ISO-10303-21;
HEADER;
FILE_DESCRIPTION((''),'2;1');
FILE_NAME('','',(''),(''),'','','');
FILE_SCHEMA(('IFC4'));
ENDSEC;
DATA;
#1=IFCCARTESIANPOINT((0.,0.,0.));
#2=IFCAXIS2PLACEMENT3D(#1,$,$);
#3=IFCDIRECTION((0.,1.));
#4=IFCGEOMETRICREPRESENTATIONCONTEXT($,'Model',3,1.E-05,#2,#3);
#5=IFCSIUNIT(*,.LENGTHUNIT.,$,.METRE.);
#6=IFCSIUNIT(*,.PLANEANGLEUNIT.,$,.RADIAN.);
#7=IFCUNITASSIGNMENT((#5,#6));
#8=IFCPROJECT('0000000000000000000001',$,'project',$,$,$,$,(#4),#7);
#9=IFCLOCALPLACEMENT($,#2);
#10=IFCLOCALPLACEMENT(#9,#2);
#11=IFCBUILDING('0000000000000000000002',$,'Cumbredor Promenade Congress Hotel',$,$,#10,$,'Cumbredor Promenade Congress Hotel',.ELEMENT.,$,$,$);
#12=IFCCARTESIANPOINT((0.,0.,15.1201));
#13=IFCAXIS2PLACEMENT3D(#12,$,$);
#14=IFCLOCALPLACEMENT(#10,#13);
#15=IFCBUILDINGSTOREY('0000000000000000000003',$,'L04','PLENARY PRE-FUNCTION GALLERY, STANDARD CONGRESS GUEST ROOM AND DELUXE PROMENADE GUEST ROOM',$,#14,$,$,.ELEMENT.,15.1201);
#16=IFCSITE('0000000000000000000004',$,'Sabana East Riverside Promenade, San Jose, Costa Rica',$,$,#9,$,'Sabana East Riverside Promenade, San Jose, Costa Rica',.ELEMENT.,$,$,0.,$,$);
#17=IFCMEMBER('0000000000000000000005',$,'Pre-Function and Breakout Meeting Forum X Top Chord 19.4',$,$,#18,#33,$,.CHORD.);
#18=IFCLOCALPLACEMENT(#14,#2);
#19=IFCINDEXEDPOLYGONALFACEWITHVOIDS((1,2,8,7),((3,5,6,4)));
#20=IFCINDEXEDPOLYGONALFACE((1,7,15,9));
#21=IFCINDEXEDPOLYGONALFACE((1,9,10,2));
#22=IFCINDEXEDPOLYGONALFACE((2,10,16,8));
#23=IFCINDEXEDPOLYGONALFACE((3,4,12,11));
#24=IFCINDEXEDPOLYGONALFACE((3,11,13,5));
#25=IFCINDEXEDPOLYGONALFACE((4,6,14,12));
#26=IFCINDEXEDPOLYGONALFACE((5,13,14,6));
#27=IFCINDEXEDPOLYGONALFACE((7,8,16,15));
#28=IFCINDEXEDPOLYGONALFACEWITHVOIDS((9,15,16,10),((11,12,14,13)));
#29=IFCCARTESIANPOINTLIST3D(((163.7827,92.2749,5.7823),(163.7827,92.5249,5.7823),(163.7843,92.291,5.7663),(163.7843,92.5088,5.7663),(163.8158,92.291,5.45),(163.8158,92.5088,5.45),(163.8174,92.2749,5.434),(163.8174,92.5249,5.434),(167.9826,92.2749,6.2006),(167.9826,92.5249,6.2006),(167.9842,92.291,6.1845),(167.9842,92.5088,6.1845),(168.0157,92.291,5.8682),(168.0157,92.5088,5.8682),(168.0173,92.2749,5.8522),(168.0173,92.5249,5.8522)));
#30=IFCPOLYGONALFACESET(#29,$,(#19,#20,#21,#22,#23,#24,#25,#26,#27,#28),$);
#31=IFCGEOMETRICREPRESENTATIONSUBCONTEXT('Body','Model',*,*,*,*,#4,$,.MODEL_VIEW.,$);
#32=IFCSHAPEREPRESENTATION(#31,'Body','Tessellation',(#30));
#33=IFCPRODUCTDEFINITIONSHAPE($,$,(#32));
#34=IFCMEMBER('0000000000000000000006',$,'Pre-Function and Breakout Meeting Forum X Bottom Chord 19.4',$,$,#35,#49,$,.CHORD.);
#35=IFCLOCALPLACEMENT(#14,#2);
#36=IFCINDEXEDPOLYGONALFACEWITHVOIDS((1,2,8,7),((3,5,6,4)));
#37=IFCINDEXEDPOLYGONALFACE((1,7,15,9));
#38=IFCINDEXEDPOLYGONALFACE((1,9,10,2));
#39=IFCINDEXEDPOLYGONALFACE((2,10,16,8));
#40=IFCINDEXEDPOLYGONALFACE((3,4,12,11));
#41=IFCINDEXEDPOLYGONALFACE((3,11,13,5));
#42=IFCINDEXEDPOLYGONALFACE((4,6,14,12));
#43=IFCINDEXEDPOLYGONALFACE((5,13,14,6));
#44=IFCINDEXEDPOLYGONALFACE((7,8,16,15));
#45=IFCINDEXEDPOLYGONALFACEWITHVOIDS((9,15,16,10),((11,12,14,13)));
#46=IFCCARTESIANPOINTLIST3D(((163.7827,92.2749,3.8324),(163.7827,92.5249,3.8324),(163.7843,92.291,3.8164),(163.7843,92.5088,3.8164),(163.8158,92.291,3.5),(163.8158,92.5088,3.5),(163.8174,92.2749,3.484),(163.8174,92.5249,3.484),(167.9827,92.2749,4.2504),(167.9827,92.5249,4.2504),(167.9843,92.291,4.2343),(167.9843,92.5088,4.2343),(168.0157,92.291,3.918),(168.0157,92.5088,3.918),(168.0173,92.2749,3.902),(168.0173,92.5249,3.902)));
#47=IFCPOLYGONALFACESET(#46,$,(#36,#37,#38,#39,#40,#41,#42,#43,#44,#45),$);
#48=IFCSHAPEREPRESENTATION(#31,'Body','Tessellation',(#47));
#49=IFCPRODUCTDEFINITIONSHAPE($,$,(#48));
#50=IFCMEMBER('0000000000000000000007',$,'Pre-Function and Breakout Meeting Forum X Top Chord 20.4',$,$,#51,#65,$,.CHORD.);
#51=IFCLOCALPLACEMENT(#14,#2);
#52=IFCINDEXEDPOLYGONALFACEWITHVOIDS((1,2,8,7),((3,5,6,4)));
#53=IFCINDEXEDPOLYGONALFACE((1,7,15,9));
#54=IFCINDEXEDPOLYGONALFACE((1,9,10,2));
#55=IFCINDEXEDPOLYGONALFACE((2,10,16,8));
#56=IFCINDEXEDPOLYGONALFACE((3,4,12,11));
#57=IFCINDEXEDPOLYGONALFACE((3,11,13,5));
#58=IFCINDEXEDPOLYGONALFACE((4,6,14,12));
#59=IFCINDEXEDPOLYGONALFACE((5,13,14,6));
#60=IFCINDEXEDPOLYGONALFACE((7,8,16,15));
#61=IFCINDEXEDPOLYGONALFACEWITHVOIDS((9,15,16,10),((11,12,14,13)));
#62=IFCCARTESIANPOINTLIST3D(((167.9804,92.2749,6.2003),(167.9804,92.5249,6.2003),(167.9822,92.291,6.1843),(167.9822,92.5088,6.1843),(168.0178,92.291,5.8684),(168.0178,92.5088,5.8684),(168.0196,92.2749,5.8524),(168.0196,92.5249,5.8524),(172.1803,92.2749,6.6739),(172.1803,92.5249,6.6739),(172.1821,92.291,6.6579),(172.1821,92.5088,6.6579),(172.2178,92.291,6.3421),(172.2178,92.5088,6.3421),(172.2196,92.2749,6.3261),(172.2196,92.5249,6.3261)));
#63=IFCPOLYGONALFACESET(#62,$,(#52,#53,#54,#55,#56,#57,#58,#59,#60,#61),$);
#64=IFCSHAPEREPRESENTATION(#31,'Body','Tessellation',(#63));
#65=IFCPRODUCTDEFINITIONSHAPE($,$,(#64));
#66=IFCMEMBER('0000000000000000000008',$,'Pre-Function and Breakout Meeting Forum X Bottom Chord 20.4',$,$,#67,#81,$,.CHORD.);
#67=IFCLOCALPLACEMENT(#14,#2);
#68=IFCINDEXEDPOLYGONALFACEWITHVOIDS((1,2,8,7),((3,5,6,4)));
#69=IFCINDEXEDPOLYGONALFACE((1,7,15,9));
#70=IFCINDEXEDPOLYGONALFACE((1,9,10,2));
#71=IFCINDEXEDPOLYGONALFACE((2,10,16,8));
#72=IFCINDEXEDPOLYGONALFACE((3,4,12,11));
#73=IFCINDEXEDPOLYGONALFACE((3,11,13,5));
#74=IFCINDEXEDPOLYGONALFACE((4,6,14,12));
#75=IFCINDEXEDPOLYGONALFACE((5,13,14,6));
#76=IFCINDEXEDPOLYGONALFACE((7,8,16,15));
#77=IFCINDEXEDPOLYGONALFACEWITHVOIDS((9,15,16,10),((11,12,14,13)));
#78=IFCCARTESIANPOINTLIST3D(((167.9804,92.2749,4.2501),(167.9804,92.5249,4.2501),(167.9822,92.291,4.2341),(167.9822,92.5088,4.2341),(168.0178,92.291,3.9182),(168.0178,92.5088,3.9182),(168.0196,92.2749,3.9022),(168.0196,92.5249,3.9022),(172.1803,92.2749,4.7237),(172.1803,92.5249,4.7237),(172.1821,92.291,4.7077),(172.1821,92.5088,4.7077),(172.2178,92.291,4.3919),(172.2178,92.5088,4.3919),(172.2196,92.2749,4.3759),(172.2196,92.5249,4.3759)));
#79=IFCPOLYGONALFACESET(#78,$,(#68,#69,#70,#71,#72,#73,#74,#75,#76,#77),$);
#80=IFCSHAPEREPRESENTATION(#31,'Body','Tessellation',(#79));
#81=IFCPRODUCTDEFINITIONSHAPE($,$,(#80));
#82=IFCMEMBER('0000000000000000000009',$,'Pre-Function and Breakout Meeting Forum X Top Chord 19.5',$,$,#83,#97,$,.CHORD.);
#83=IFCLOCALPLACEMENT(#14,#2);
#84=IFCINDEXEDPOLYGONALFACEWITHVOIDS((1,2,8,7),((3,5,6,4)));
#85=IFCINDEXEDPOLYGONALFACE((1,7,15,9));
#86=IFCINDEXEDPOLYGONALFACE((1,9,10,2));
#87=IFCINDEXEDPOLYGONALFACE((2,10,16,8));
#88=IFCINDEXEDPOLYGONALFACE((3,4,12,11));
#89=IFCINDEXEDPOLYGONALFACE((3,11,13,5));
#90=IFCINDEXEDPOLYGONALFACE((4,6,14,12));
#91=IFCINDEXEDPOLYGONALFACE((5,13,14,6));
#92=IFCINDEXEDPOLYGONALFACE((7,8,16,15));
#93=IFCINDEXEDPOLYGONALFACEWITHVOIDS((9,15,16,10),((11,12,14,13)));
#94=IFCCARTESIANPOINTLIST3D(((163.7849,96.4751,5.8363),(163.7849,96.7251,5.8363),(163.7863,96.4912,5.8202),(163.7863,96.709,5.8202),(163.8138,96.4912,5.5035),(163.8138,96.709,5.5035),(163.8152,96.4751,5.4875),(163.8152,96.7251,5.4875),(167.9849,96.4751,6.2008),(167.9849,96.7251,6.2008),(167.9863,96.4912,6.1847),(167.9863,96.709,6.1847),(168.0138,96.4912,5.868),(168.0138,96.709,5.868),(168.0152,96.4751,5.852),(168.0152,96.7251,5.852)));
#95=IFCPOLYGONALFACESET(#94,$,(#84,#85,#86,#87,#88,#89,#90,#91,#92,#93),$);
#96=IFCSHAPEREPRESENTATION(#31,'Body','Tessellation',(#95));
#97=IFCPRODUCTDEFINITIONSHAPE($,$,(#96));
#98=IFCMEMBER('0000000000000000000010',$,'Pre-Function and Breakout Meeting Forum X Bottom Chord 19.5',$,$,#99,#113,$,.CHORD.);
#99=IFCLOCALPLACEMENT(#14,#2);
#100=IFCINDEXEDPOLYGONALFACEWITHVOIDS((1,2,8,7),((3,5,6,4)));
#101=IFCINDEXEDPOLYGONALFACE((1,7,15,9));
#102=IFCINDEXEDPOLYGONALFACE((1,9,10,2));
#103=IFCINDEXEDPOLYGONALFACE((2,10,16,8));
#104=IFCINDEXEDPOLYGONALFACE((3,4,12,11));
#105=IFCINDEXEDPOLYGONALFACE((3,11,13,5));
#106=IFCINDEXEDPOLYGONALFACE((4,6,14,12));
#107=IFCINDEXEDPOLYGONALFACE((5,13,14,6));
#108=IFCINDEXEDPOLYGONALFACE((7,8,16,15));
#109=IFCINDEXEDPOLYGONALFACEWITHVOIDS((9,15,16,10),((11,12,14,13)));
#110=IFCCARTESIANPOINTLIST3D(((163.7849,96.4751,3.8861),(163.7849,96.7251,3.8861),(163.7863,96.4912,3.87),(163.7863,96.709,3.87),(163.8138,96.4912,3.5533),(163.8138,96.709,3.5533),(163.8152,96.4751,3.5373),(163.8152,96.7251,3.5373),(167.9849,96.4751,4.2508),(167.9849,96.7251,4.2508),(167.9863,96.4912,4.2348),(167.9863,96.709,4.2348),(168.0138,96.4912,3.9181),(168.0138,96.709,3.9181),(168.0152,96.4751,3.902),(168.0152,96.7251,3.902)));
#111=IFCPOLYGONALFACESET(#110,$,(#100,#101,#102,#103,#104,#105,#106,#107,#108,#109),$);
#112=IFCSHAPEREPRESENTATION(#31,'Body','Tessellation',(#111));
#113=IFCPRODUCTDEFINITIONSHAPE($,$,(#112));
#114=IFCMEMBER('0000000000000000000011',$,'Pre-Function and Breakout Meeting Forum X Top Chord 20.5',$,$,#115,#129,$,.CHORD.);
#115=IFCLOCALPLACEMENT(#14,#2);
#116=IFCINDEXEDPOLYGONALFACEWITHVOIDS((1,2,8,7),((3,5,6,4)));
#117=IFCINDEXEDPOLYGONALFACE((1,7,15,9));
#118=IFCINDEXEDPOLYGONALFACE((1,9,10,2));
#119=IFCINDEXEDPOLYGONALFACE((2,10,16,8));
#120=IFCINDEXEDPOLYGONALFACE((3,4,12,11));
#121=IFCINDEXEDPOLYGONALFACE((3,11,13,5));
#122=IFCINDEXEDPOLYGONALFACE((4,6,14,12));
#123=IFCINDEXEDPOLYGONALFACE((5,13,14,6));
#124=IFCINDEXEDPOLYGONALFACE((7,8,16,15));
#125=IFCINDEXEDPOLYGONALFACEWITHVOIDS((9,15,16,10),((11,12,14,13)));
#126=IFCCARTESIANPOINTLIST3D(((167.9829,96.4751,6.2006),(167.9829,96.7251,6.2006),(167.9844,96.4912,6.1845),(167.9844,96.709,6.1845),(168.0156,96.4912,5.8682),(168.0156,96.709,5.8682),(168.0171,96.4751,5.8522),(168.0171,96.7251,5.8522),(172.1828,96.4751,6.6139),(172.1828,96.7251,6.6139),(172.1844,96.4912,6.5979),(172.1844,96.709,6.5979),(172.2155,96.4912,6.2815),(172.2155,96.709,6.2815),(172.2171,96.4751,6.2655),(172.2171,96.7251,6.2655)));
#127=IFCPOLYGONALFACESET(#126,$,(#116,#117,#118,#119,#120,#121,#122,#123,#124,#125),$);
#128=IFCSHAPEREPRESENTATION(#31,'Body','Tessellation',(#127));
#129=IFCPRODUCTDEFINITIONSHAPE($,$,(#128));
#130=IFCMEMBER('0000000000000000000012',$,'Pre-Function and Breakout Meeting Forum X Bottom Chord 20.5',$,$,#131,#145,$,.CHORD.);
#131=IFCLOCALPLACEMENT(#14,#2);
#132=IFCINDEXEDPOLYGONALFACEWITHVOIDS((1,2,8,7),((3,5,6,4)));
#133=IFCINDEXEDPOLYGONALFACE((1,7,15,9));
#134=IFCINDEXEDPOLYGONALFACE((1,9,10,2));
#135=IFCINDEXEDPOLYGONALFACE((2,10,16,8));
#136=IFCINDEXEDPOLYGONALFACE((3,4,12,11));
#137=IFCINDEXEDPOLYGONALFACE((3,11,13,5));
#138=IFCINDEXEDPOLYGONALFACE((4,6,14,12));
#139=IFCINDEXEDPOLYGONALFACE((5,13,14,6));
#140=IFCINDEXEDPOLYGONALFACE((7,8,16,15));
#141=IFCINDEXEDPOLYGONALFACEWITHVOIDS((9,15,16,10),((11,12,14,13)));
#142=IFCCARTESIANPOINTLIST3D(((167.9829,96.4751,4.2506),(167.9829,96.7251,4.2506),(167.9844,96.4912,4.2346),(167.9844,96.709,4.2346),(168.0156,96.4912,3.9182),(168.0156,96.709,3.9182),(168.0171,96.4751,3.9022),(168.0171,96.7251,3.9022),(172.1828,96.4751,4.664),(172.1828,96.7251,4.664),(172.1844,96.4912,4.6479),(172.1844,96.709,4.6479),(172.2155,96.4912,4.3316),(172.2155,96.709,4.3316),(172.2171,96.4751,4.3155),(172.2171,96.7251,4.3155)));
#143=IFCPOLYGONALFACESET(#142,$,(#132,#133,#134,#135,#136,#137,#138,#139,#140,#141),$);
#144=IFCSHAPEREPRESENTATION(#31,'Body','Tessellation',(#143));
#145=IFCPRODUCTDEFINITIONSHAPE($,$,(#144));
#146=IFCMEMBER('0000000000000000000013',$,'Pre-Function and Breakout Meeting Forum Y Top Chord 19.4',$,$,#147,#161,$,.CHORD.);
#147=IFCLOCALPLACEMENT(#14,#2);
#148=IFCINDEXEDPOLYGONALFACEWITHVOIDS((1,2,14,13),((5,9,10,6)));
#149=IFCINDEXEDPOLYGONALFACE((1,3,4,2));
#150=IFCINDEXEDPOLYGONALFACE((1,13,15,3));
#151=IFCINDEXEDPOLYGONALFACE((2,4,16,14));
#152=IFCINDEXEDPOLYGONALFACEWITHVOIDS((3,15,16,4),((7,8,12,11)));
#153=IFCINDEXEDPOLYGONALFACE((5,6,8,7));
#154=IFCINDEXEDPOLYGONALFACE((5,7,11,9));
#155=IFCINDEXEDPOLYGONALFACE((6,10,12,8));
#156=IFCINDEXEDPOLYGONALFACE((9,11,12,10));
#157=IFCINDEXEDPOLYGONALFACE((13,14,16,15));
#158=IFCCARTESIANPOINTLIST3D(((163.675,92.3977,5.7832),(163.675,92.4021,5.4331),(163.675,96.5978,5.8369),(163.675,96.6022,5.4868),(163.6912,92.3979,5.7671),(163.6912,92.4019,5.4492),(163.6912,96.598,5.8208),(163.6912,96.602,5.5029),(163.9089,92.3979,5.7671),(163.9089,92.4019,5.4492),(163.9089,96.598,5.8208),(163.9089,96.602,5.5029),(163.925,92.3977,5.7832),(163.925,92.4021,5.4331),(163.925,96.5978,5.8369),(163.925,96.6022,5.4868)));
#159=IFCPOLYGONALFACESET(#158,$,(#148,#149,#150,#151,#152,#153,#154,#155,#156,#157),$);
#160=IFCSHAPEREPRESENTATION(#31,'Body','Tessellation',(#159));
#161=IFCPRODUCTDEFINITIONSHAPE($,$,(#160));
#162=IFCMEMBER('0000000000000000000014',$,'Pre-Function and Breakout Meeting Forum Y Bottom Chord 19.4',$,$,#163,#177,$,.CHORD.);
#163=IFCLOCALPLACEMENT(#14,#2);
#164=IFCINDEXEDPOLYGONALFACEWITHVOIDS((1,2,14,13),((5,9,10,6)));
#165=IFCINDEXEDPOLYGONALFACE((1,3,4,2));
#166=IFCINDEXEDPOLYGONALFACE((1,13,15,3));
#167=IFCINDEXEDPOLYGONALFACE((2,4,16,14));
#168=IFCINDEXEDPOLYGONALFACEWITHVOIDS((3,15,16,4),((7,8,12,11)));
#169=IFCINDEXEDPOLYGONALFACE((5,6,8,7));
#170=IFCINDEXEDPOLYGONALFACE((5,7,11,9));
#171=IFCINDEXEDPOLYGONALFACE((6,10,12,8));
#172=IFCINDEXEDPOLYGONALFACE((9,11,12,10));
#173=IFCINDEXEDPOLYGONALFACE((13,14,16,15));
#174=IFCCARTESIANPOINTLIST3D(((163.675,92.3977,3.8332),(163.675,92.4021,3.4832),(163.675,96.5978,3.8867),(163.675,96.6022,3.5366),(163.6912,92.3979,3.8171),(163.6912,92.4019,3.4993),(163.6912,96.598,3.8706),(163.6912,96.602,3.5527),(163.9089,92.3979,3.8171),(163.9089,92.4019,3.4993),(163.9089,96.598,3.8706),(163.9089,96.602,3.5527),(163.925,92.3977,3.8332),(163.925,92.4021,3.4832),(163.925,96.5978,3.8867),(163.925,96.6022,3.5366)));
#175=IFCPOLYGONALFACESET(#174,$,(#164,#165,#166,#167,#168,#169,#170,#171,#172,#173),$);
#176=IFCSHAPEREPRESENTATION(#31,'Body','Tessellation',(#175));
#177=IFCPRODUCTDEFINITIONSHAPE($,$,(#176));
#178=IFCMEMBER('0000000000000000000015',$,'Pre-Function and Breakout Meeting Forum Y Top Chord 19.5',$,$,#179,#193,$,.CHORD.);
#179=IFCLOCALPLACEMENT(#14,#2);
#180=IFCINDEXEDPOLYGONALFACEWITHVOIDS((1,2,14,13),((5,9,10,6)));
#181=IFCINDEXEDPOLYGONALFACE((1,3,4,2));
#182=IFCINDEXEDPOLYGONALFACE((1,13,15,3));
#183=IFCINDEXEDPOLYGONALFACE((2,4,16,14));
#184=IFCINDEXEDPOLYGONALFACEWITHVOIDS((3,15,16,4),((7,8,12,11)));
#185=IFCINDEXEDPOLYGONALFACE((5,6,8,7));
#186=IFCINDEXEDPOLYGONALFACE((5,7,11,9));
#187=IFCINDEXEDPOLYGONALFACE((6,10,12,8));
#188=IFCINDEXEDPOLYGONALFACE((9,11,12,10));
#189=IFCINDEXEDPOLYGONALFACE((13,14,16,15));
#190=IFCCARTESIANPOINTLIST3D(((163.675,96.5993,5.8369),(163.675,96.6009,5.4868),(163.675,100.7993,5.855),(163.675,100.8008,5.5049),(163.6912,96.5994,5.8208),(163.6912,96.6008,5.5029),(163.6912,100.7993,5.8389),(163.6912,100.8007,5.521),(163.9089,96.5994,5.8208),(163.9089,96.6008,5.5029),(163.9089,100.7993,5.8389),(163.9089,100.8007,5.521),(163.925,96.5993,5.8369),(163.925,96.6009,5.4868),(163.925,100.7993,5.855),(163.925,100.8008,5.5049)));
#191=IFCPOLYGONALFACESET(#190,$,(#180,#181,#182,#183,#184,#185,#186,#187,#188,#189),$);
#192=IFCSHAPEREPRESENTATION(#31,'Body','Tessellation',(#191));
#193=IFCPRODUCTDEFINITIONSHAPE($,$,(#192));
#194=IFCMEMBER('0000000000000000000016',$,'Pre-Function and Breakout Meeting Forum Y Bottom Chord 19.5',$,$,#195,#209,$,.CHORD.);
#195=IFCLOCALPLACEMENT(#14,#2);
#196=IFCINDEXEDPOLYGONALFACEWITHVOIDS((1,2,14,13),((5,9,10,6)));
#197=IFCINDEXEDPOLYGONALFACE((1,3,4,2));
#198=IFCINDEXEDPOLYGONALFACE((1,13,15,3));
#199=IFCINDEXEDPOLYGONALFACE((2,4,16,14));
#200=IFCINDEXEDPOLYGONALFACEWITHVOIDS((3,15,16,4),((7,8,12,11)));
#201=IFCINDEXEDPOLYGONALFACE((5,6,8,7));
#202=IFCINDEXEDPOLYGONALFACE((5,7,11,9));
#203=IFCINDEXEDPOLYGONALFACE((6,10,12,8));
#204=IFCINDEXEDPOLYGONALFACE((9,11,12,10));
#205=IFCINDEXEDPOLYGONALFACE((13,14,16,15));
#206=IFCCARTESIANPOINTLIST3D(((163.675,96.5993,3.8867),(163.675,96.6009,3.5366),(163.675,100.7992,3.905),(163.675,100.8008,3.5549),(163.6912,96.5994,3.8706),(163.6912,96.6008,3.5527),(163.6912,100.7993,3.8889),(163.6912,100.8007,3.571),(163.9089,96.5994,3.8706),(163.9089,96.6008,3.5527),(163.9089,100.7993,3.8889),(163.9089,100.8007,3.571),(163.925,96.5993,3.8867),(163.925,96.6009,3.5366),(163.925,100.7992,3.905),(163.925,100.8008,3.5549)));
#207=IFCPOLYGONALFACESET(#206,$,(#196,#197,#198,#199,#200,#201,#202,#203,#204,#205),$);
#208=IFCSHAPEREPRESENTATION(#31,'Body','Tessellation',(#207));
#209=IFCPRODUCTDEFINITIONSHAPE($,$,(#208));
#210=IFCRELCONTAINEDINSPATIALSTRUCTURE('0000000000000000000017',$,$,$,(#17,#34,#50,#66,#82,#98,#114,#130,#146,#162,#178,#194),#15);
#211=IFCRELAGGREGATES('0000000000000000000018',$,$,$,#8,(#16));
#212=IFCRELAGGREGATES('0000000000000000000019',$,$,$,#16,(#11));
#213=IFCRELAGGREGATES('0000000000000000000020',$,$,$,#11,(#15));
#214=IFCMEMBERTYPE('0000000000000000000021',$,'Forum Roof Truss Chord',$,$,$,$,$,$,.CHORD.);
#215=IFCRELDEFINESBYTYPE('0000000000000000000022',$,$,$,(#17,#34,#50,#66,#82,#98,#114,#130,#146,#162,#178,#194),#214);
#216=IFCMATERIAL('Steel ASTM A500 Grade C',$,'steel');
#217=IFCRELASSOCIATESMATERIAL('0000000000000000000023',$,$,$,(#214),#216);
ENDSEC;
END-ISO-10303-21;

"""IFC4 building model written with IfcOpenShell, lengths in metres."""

from ifc_helpers import new_model, si_unit, direction, frame, origin, origin_2d, place, context, subcontext, project, spatial, hollow_rectangle, extrude, material, material_profile, profile_set, type_object, element, save


model = new_model("IFC4")

# Units and contexts
model_context = context("Model", 3, precision=1e-05, world=origin(), true_north=direction((0.0, 1.0)))
body_context = subcontext(model_context, "Body", "Model", "MODEL_VIEW")
ifc_project = project(units=[si_unit("LENGTHUNIT", "METRE"), si_unit("PLANEANGLEUNIT", "RADIAN")], contexts=[model_context])

# Site, building, storey
site_placement = place(None, origin())
site = spatial("IfcSite", under=ifc_project, at=site_placement, Name="Sabana East Riverside Promenade, San Jose, Costa Rica", LongName="Sabana East Riverside Promenade, San Jose, Costa Rica", CompositionType="ELEMENT", RefElevation=0.0)
building_placement = place(site_placement, origin())
building = spatial("IfcBuilding", under=site, at=building_placement, Name="Cumbredor Promenade Congress Hotel", LongName="Cumbredor Promenade Congress Hotel", CompositionType="ELEMENT")
storey_placement = place(building_placement, frame((0.0, 0.0, 15.1201)))
storey = spatial("IfcBuildingStorey", under=building, at=storey_placement, Name="L04", Description="PLENARY PRE-FUNCTION GALLERY, STANDARD CONGRESS GUEST ROOM AND DELUXE PROMENADE GUEST ROOM", CompositionType="ELEMENT", Elevation=15.1201)

# Members
ifc_material_1 = material(Name="Steel ASTM A500 Grade C", Category="steel")
ifc_material_profile_1 = material_profile(ifc_material_1, hollow_rectangle(XDim=0.25, YDim=0.3501, WallThickness=0.0161, at=origin_2d()), Name="HSS 350x250x16")
ifc_profile_set_1 = profile_set([ifc_material_profile_1], Name="Steel ASTM A500 Grade C")
member_type_1 = type_object("IfcMemberType", Name="Forum Roof Truss Chord", PredefinedType="CHORD", material=ifc_profile_set_1)
for number, where, z_axis, x_axis, name in (
    (1, (163.8, 92.3999, 5.6082), (0.995079, 0.0, 0.099086), (0.0, 1.0, 0.0), "Pre-Function and Breakout Meeting Forum X Top Chord 19.4"),
    (2, (163.8, 92.3999, 3.6582), (0.995085, 0.0, 0.099028), (0.0, 1.0, 0.0), "Pre-Function and Breakout Meeting Forum X Bottom Chord 19.4"),
):
    element("IfcMember", number, at=place(storey_placement, frame(where, z_axis=z_axis, x_axis=x_axis)), inside=storey, type_object=member_type_1, Name=name, PredefinedType="CHORD", context=body_context, shape_type="SweptSolid", body=[
        extrude(hollow_rectangle(XDim=0.25, YDim=0.3501, WallThickness=0.0161, at=origin_2d()), origin(), (0.0, 0.0, 1.0), 4.2207),
    ])
for number, where, z_axis, x_axis, name in (
    (3, (168.0, 92.3999, 6.0264), (0.993701, 0.0, 0.112061), (0.0, 1.0, 0.0), "Pre-Function and Breakout Meeting Forum X Top Chord 20.4"),
    (4, (168.0, 92.3999, 4.0762), (0.993701, 0.0, 0.112061), (0.0, 1.0, 0.0), "Pre-Function and Breakout Meeting Forum X Bottom Chord 20.4"),
):
    element("IfcMember", number, at=place(storey_placement, frame(where, z_axis=z_axis, x_axis=x_axis)), inside=storey, type_object=member_type_1, Name=name, PredefinedType="CHORD", context=body_context, shape_type="SweptSolid", body=[
        extrude(hollow_rectangle(XDim=0.25, YDim=0.3501, WallThickness=0.0161, at=origin_2d()), origin(), (0.0, 0.0, 1.0), 4.2266),
    ])
for number, where, z_axis, x_axis, name in (
    (5, (163.8, 96.6001, 5.6619), (0.996255, 0.0, 0.086462), (0.0, 1.0, 0.0), "Pre-Function and Breakout Meeting Forum X Top Chord 19.5"),
    (6, (163.8, 96.6001, 3.7117), (0.99625, 0.0, 0.08652), (0.0, 1.0, 0.0), "Pre-Function and Breakout Meeting Forum X Bottom Chord 19.5"),
):
    element("IfcMember", number, at=place(storey_placement, frame(where, z_axis=z_axis, x_axis=x_axis)), inside=storey, type_object=member_type_1, Name=name, PredefinedType="CHORD", context=body_context, shape_type="SweptSolid", body=[
        extrude(hollow_rectangle(XDim=0.25, YDim=0.3501, WallThickness=0.0161, at=origin_2d()), origin(), (0.0, 0.0, 1.0), 4.2158),
    ])
for number, where, z_axis, x_axis, name in (
    (7, (168.0, 96.6001, 6.0264), (0.995192, 0.0, 0.09794), (0.0, 1.0, 0.0), "Pre-Function and Breakout Meeting Forum X Top Chord 20.5"),
    (8, (168.0, 96.6001, 4.0764), (0.995192, 0.0, 0.09794), (0.0, 1.0, 0.0), "Pre-Function and Breakout Meeting Forum X Bottom Chord 20.5"),
):
    element("IfcMember", number, at=place(storey_placement, frame(where, z_axis=z_axis, x_axis=x_axis)), inside=storey, type_object=member_type_1, Name=name, PredefinedType="CHORD", context=body_context, shape_type="SweptSolid", body=[
        extrude(hollow_rectangle(XDim=0.25, YDim=0.3501, WallThickness=0.0161, at=origin_2d()), origin(), (0.0, 0.0, 1.0), 4.2202),
    ])
for number, where, z_axis, x_axis, name in (
    (9, (163.8, 92.3999, 5.6082), (0.0, 0.999918, 0.012787), (-1.0, 0.0, 0.0), "Pre-Function and Breakout Meeting Forum Y Top Chord 19.4"),
    (10, (163.8, 92.3999, 3.6582), (0.0, 0.999919, 0.012729), (-1.0, 0.0, 0.0), "Pre-Function and Breakout Meeting Forum Y Bottom Chord 19.4"),
):
    element("IfcMember", number, at=place(storey_placement, frame(where, z_axis=z_axis, x_axis=x_axis)), inside=storey, type_object=member_type_1, Name=name, PredefinedType="CHORD", context=body_context, shape_type="SweptSolid", body=[
        extrude(hollow_rectangle(XDim=0.25, YDim=0.3501, WallThickness=0.0161, at=origin_2d()), origin(), (0.0, 0.0, 1.0), 4.2004),
    ])
for number, where, z_axis, x_axis, name in (
    (11, (163.8, 96.6001, 5.6619), (0.0, 0.999991, 0.004302), (-1.0, 0.0, 0.0), "Pre-Function and Breakout Meeting Forum Y Top Chord 19.5"),
    (12, (163.8, 96.6001, 3.7117), (0.0, 0.99999, 0.00436), (-1.0, 0.0, 0.0), "Pre-Function and Breakout Meeting Forum Y Bottom Chord 19.5"),
):
    element("IfcMember", number, at=place(storey_placement, frame(where, z_axis=z_axis, x_axis=x_axis)), inside=storey, type_object=member_type_1, Name=name, PredefinedType="CHORD", context=body_context, shape_type="SweptSolid", body=[
        extrude(hollow_rectangle(XDim=0.25, YDim=0.3501, WallThickness=0.0161, at=origin_2d()), origin(), (0.0, 0.0, 1.0), 4.2),
    ])

save(model, "model.ifc")
